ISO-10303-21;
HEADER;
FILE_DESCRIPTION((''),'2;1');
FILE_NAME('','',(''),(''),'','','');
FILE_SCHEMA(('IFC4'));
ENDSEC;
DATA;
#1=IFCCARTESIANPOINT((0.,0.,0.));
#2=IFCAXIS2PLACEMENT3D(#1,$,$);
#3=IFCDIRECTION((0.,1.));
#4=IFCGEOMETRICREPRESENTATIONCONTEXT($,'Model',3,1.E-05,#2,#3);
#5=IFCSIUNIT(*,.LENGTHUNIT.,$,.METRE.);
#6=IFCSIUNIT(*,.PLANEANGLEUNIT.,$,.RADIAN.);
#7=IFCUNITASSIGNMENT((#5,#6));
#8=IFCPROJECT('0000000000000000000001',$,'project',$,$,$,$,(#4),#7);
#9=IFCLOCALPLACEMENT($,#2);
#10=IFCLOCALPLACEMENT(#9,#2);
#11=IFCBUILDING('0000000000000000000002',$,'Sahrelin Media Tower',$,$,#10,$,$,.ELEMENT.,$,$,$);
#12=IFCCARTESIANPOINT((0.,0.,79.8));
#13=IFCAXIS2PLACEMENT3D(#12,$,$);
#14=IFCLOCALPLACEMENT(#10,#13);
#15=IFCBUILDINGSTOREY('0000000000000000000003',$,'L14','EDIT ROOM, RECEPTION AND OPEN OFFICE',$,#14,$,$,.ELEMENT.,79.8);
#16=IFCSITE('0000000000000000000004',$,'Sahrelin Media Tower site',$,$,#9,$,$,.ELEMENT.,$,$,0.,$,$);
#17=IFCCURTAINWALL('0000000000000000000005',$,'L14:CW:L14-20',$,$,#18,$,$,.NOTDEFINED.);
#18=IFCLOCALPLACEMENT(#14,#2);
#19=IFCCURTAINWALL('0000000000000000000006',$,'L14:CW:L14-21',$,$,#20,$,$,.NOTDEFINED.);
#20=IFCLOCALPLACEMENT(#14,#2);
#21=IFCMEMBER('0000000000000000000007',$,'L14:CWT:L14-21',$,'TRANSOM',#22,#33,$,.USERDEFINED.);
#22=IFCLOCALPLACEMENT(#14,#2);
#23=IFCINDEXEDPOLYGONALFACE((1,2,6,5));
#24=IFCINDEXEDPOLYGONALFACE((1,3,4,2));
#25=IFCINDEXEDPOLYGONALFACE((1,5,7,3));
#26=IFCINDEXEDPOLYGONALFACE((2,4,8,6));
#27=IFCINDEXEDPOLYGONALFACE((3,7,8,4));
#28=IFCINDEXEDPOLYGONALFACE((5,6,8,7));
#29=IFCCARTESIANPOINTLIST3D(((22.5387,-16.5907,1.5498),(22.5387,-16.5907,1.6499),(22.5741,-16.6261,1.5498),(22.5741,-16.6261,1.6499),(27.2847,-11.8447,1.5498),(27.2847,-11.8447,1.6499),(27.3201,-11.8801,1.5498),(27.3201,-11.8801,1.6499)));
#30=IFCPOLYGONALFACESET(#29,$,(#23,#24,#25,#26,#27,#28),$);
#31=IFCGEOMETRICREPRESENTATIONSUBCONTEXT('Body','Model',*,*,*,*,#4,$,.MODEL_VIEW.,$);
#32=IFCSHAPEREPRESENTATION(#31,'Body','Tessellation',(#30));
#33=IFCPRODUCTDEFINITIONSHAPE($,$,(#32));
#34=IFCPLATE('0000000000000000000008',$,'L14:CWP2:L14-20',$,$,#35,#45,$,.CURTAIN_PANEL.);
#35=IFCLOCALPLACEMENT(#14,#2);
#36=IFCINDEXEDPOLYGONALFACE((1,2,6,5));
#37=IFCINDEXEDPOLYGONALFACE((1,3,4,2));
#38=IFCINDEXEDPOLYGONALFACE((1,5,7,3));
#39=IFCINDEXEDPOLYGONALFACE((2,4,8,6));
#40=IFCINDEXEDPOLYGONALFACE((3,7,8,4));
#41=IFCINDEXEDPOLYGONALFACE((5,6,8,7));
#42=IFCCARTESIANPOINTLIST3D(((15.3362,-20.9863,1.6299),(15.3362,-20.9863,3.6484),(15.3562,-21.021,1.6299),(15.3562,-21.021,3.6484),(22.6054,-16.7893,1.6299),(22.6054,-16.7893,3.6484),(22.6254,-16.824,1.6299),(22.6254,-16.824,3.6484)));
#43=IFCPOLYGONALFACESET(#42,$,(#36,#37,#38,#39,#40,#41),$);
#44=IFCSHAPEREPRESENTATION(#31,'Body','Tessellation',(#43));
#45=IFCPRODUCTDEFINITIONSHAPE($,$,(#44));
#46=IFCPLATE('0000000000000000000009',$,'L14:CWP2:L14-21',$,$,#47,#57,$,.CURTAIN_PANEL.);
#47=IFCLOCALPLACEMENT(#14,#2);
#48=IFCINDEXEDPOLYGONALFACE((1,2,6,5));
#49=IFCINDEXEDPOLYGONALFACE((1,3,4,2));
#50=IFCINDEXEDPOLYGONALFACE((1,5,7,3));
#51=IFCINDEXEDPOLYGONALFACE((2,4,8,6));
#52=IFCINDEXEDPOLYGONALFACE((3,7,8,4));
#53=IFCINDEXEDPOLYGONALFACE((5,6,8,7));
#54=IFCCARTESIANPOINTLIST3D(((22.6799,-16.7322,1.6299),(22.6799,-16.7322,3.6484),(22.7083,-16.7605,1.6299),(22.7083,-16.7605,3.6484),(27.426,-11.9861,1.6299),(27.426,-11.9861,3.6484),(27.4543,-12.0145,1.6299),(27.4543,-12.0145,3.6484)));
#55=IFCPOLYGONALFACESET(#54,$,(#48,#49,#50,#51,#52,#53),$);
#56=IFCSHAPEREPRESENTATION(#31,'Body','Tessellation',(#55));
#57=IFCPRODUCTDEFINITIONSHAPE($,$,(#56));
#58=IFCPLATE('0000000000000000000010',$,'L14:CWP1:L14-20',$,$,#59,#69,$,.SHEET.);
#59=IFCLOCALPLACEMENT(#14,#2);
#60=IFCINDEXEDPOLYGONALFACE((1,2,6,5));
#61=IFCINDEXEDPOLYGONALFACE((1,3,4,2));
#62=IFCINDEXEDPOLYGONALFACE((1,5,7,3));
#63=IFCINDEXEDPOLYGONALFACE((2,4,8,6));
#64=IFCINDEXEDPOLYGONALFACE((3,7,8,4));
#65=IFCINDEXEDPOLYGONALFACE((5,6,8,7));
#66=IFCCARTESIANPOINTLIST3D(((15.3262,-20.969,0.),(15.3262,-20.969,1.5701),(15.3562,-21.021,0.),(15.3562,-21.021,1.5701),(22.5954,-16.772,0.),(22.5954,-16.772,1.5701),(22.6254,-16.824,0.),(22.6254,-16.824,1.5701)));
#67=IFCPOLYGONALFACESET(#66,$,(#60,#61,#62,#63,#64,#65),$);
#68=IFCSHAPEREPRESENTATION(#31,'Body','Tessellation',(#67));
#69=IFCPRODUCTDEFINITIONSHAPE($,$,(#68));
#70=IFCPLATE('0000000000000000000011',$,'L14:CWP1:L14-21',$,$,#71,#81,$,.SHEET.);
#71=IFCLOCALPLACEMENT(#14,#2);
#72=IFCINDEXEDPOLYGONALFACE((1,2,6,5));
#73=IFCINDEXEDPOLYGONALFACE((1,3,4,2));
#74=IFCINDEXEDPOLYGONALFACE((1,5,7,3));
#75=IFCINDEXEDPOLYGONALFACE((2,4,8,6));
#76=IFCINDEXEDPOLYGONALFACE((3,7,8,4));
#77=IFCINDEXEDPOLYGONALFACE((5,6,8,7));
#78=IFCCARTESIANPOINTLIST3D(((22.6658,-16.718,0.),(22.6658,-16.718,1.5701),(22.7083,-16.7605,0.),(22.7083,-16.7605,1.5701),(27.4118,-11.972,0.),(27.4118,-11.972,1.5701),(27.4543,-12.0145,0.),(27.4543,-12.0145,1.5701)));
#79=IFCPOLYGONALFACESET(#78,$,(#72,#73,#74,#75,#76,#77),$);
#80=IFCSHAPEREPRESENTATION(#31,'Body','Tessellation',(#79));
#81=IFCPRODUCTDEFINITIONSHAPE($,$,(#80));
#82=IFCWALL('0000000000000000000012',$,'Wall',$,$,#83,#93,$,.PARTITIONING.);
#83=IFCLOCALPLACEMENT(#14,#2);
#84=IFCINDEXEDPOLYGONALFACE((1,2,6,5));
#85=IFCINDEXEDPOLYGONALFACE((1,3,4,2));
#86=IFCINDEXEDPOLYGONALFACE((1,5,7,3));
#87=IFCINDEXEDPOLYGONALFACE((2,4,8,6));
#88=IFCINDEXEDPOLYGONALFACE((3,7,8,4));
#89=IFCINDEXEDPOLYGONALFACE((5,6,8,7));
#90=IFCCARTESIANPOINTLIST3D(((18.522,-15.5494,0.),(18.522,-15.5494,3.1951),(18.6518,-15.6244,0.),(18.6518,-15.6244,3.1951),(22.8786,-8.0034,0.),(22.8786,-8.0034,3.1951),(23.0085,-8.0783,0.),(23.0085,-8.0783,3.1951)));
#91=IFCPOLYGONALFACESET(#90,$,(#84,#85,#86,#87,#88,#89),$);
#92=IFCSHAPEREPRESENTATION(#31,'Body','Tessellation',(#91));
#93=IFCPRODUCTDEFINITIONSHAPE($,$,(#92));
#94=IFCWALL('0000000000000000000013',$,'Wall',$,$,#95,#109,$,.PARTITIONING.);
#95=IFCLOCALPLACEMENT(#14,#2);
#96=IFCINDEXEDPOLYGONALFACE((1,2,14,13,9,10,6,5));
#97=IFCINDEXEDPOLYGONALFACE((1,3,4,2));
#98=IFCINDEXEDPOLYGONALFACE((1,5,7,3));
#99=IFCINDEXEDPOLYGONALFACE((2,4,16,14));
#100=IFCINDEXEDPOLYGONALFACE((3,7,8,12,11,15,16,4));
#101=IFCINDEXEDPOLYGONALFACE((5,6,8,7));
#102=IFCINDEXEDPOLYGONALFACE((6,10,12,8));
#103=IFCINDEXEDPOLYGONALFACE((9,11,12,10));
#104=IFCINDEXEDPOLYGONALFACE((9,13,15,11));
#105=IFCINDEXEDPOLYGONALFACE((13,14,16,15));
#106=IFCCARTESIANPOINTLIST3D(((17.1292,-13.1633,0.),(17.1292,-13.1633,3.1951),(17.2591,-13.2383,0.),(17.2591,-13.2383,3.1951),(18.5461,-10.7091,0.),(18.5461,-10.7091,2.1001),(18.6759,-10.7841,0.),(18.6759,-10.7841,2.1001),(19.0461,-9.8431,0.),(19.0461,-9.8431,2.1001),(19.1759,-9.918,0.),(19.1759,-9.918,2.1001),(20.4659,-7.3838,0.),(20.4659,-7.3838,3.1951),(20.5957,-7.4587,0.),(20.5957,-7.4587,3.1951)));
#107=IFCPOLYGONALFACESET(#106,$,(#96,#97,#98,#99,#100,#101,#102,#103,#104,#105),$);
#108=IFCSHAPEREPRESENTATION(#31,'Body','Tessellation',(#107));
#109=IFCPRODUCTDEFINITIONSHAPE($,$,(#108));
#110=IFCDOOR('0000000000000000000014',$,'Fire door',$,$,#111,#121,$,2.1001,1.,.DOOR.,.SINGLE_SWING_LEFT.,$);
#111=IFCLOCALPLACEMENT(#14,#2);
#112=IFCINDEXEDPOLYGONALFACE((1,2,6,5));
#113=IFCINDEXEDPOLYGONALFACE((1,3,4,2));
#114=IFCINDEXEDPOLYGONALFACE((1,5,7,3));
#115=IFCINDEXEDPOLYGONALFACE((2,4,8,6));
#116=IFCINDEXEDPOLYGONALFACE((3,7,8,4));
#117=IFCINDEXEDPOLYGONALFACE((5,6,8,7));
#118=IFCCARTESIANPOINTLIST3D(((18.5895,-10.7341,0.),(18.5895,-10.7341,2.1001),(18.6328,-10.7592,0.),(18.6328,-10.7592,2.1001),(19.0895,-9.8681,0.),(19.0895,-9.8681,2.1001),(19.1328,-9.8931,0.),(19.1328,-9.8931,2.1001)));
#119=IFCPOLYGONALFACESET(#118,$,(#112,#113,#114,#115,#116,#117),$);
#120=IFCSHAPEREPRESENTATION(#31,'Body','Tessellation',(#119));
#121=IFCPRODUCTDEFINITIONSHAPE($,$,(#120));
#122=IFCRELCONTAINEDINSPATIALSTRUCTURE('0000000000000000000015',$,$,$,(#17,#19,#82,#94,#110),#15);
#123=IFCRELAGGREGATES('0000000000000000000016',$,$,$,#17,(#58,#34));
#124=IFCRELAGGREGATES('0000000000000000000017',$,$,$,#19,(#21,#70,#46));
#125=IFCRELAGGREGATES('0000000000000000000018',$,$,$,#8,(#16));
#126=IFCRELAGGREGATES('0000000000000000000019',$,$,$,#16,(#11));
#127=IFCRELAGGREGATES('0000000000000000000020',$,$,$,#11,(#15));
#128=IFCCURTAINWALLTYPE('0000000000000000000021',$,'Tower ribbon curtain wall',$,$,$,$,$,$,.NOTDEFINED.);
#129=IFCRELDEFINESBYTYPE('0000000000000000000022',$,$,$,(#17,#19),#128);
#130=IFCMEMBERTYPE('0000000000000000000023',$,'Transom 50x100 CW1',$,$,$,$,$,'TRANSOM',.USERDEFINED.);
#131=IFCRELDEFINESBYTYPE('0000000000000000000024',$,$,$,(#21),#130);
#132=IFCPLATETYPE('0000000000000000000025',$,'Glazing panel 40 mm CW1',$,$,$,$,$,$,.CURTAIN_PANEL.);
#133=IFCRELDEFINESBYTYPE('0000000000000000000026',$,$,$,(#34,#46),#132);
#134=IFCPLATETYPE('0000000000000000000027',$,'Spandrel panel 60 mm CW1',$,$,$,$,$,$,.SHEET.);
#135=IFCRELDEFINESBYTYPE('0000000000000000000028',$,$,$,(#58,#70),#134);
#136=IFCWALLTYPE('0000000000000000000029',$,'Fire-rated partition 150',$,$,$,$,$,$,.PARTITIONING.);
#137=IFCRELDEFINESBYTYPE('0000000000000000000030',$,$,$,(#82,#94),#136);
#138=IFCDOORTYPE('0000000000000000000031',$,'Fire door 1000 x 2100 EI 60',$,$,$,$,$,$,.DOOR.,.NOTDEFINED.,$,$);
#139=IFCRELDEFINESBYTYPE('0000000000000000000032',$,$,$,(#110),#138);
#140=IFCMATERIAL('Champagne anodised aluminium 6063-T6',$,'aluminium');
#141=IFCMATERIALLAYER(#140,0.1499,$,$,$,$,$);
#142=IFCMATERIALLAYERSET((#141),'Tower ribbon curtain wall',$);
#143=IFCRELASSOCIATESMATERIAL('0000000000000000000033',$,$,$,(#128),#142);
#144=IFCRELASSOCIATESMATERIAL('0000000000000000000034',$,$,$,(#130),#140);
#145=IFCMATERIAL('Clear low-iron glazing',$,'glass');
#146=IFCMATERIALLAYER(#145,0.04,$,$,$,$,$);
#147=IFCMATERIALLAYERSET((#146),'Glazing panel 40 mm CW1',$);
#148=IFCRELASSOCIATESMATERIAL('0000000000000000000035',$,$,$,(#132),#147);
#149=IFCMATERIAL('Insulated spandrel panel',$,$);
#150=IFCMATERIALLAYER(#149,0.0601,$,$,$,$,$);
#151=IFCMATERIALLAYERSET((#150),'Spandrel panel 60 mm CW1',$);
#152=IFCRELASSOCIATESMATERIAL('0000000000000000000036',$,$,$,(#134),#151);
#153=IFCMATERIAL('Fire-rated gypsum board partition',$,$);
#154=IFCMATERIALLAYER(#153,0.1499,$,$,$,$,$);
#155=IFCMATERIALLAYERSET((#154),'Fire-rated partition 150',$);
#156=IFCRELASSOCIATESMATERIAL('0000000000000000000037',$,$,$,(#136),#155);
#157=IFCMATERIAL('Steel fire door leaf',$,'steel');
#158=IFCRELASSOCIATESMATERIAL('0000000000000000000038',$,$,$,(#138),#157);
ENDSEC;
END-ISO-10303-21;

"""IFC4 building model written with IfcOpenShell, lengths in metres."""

from ifc_helpers import new_model, si_unit, direction, frame, frame_2d, origin, origin_2d, place, context, subcontext, project, spatial, polyline, rectangle, outline, extrude, material, layer, layer_set, material_profile, profile_set, type_object, element, fill, aggregate, save


model = new_model("IFC4")

# Units and contexts
model_context = context("Model", 3, precision=1e-05, world=origin(), true_north=direction((0.0, 1.0)))
body_context = subcontext(model_context, "Body", "Model", "MODEL_VIEW")
ifc_project = project(units=[si_unit("LENGTHUNIT", "METRE"), si_unit("PLANEANGLEUNIT", "RADIAN")], contexts=[model_context])

# Site, building, storey
site_placement = place(None, origin())
site = spatial("IfcSite", under=ifc_project, at=site_placement, Name="Sahrelin Media Tower site", CompositionType="ELEMENT", RefElevation=0.0)
building_placement = place(site_placement, origin())
building = spatial("IfcBuilding", under=site, at=building_placement, Name="Sahrelin Media Tower", CompositionType="ELEMENT")
storey_placement = place(building_placement, frame((0.0, 0.0, 79.8)))
storey = spatial("IfcBuildingStorey", under=building, at=storey_placement, Name="L14", Description="EDIT ROOM, RECEPTION AND OPEN OFFICE", CompositionType="ELEMENT", Elevation=79.8)

# Curtain walls
ifc_material_1 = material(Name="Champagne anodised aluminium 6063-T6", Category="aluminium")
ifc_layer_1 = layer(ifc_material_1, 0.1499)
ifc_layer_set_1 = layer_set([ifc_layer_1], Name="Tower ribbon curtain wall")
curtain_wall_type = type_object("IfcCurtainWallType", Name="Tower ribbon curtain wall", PredefinedType="NOTDEFINED", material=ifc_layer_set_1)
curtain_wall_1_placement = place(storey_placement, frame((18.981, -18.9053, 0.0), z_axis=(0.0, 0.0, 1.0), x_axis=(1.0, 0.0, 0.0)))
curtain_wall_1 = element("IfcCurtainWall", 1, at=curtain_wall_1_placement, inside=storey, type_object=curtain_wall_type, Name="L14:CW:L14-20", PredefinedType="NOTDEFINED")
curtain_wall_2_placement = place(storey_placement, frame((25.0671, -14.3733, 0.0), z_axis=(0.0, 0.0, 1.0), x_axis=(1.0, 0.0, 0.0)))
curtain_wall_2 = element("IfcCurtainWall", 2, at=curtain_wall_2_placement, inside=storey, type_object=curtain_wall_type, Name="L14:CW:L14-21", PredefinedType="NOTDEFINED")

# Member
ifc_material_profile_1 = material_profile(ifc_material_1, rectangle(XDim=0.05, YDim=0.1001, at=origin_2d()), Name="Transom 50x100")
ifc_profile_set_1 = profile_set([ifc_material_profile_1], Name="Champagne anodised aluminium 6063-T6")
member_type_1 = type_object("IfcMemberType", Name="Transom 50x100 CW1", ElementType="TRANSOM", PredefinedType="USERDEFINED", material=ifc_profile_set_1)
member_1_placement = place(storey_placement, frame((22.5564, -16.6084, 1.5999), z_axis=(0.707107, 0.707107, 0.0), x_axis=(-0.707107, 0.707107, 0.0)))
member_1 = element("IfcMember", 3, at=member_1_placement, type_object=member_type_1, Name="L14:CWT:L14-21", ObjectType="TRANSOM", PredefinedType="USERDEFINED", context=body_context, shape_type="SweptSolid", body=[
    extrude(rectangle(XDim=0.05, YDim=0.1001, at=origin_2d()), origin(), (0.0, 0.0, 1.0), 6.7119),
])

# Plates
ifc_material_2 = material(Name="Clear low-iron glazing", Category="glass")
ifc_layer_2 = layer(ifc_material_2, 0.04)
ifc_layer_set_2 = layer_set([ifc_layer_2], Name="Glazing panel 40 mm CW1")
plate_type_1 = type_object("IfcPlateType", Name="Glazing panel 40 mm CW1", PredefinedType="CURTAIN_PANEL", material=ifc_layer_set_2)
plate_1_placement = place(storey_placement, frame((15.3562, -21.021, 1.6299), z_axis=(0.500009, -0.86602, 0.0), x_axis=(0.86602, 0.500009, 0.0)))
plate_1 = element("IfcPlate", 4, at=plate_1_placement, type_object=plate_type_1, Name="L14:CWP2:L14-20", PredefinedType="CURTAIN_PANEL", context=body_context, shape_type="SweptSolid", body=[
    extrude(outline(polyline([(0.0, 0.0), (8.3938, 0.0), (8.3938, 2.0186), (0.0, 2.0186), (0.0, 0.0)])), origin(), (0.0, 0.0, -1.0), 0.04),
])
plate_2_placement = place(storey_placement, frame((22.7083, -16.7605, 1.6299), z_axis=(0.707107, -0.707107, 0.0), x_axis=(0.707107, 0.707107, 0.0)))
plate_2 = element("IfcPlate", 5, at=plate_2_placement, type_object=plate_type_1, Name="L14:CWP2:L14-21", PredefinedType="CURTAIN_PANEL", context=body_context, shape_type="SweptSolid", body=[
    extrude(outline(polyline([(0.0, 0.0), (6.7119, 0.0), (6.7119, 2.0186), (0.0, 2.0186), (0.0, 0.0)])), origin(), (0.0, 0.0, -1.0), 0.04),
])
ifc_material_3 = material(Name="Insulated spandrel panel")
ifc_layer_3 = layer(ifc_material_3, 0.0601)
ifc_layer_set_3 = layer_set([ifc_layer_3], Name="Spandrel panel 60 mm CW1")
plate_type_2 = type_object("IfcPlateType", Name="Spandrel panel 60 mm CW1", PredefinedType="SHEET", material=ifc_layer_set_3)
plate_3_placement = place(storey_placement, frame((15.3562, -21.021, 0.0), z_axis=(0.500009, -0.86602, 0.0), x_axis=(0.86602, 0.500009, 0.0)))
plate_3 = element("IfcPlate", 6, at=plate_3_placement, type_object=plate_type_2, Name="L14:CWP1:L14-20", PredefinedType="SHEET", context=body_context, shape_type="SweptSolid", body=[
    extrude(outline(polyline([(0.0, 0.0), (8.3938, 0.0), (8.3938, 1.5701), (0.0, 1.5701), (0.0, 0.0)])), origin(), (0.0, 0.0, -1.0), 0.0601),
])
aggregate(curtain_wall_1, [plate_3, plate_1])
plate_4_placement = place(storey_placement, frame((22.7083, -16.7605, 0.0), z_axis=(0.707107, -0.707107, 0.0), x_axis=(0.707107, 0.707107, 0.0)))
plate_4 = element("IfcPlate", 7, at=plate_4_placement, type_object=plate_type_2, Name="L14:CWP1:L14-21", PredefinedType="SHEET", context=body_context, shape_type="SweptSolid", body=[
    extrude(outline(polyline([(0.0, 0.0), (6.7119, 0.0), (6.7119, 1.5701), (0.0, 1.5701), (0.0, 0.0)])), origin(), (0.0, 0.0, -1.0), 0.0601),
])
aggregate(curtain_wall_2, [member_1, plate_4, plate_2])

# Wall
ifc_material_4 = material(Name="Fire-rated gypsum board partition")
ifc_layer_4 = layer(ifc_material_4, 0.1499)
ifc_layer_set_4 = layer_set([ifc_layer_4], Name="Fire-rated partition 150")
wall_type = type_object("IfcWallType", Name="Fire-rated partition 150", PredefinedType="PARTITIONING", material=ifc_layer_set_4)
wall_1_placement = place(storey_placement, frame((18.5869, -15.5869, 0.0), z_axis=(0.0, 0.0, 1.0), x_axis=(0.499993, 0.866029, 0.0)))
element("IfcWall", 8, at=wall_1_placement, inside=storey, type_object=wall_type, Name="Wall", PredefinedType="PARTITIONING", context=body_context, shape_type="SweptSolid", body=[
    extrude(rectangle(XDim=8.7134, YDim=0.1499, at=frame_2d((4.3567, 0.0))), origin(), (0.0, 0.0, 1.0), 3.1951),
])

# Wall, opening, door
wall_2_placement = place(storey_placement, frame((17.1941, -13.2009, 0.0), z_axis=(0.0, 0.0, 1.0), x_axis=(0.499983, 0.866035, 0.0)))
wall_2 = element("IfcWall", 9, at=wall_2_placement, inside=storey, type_object=wall_type, Name="Wall", PredefinedType="PARTITIONING", context=body_context, shape_type="SweptSolid", body=[
    extrude(rectangle(XDim=6.6736, YDim=0.1499, at=frame_2d((3.3369, 0.0))), origin(), (0.0, 0.0, 1.0), 3.1951),
])
opening_placement = place(wall_2_placement, frame((2.834, 0.0, 0.0)))
opening = element("IfcOpeningElement", 10, at=opening_placement, cuts=wall_2, PredefinedType="OPENING", context=body_context, shape_type="SweptSolid", body=[
    extrude(rectangle(XDim=1.0, YDim=2.1001, at=frame_2d((0.5, 1.05))), frame((0.0, 0.075, 0.0), z_axis=(0.0, -1.0, 0.0), x_axis=(1.0, 0.0, 0.0)), (0.0, 0.0, 1.0), 0.1499),
])
ifc_material_5 = material(Name="Steel fire door leaf", Category="steel")
door_type = type_object("IfcDoorType", Name="Fire door 1000 x 2100 EI 60", OperationType="NOTDEFINED", PredefinedType="DOOR", material=ifc_material_5)
door_placement = place(opening_placement, origin())
door = element("IfcDoor", 11, at=door_placement, inside=storey, type_object=door_type, Name="Fire door", OperationType="SINGLE_SWING_LEFT", OverallHeight=2.1001, OverallWidth=1.0, PredefinedType="DOOR", context=body_context, shape_type="SweptSolid", body=[
    extrude(rectangle(XDim=1.0, YDim=2.1001, at=frame_2d((0.5, 1.05))), frame((0.0, 0.0249, 0.0), z_axis=(0.0, -1.0, 0.0), x_axis=(1.0, 0.0, 0.0)), (0.0, 0.0, 1.0), 0.05),
])
fill(opening, door)

save(model, "model.ifc")
